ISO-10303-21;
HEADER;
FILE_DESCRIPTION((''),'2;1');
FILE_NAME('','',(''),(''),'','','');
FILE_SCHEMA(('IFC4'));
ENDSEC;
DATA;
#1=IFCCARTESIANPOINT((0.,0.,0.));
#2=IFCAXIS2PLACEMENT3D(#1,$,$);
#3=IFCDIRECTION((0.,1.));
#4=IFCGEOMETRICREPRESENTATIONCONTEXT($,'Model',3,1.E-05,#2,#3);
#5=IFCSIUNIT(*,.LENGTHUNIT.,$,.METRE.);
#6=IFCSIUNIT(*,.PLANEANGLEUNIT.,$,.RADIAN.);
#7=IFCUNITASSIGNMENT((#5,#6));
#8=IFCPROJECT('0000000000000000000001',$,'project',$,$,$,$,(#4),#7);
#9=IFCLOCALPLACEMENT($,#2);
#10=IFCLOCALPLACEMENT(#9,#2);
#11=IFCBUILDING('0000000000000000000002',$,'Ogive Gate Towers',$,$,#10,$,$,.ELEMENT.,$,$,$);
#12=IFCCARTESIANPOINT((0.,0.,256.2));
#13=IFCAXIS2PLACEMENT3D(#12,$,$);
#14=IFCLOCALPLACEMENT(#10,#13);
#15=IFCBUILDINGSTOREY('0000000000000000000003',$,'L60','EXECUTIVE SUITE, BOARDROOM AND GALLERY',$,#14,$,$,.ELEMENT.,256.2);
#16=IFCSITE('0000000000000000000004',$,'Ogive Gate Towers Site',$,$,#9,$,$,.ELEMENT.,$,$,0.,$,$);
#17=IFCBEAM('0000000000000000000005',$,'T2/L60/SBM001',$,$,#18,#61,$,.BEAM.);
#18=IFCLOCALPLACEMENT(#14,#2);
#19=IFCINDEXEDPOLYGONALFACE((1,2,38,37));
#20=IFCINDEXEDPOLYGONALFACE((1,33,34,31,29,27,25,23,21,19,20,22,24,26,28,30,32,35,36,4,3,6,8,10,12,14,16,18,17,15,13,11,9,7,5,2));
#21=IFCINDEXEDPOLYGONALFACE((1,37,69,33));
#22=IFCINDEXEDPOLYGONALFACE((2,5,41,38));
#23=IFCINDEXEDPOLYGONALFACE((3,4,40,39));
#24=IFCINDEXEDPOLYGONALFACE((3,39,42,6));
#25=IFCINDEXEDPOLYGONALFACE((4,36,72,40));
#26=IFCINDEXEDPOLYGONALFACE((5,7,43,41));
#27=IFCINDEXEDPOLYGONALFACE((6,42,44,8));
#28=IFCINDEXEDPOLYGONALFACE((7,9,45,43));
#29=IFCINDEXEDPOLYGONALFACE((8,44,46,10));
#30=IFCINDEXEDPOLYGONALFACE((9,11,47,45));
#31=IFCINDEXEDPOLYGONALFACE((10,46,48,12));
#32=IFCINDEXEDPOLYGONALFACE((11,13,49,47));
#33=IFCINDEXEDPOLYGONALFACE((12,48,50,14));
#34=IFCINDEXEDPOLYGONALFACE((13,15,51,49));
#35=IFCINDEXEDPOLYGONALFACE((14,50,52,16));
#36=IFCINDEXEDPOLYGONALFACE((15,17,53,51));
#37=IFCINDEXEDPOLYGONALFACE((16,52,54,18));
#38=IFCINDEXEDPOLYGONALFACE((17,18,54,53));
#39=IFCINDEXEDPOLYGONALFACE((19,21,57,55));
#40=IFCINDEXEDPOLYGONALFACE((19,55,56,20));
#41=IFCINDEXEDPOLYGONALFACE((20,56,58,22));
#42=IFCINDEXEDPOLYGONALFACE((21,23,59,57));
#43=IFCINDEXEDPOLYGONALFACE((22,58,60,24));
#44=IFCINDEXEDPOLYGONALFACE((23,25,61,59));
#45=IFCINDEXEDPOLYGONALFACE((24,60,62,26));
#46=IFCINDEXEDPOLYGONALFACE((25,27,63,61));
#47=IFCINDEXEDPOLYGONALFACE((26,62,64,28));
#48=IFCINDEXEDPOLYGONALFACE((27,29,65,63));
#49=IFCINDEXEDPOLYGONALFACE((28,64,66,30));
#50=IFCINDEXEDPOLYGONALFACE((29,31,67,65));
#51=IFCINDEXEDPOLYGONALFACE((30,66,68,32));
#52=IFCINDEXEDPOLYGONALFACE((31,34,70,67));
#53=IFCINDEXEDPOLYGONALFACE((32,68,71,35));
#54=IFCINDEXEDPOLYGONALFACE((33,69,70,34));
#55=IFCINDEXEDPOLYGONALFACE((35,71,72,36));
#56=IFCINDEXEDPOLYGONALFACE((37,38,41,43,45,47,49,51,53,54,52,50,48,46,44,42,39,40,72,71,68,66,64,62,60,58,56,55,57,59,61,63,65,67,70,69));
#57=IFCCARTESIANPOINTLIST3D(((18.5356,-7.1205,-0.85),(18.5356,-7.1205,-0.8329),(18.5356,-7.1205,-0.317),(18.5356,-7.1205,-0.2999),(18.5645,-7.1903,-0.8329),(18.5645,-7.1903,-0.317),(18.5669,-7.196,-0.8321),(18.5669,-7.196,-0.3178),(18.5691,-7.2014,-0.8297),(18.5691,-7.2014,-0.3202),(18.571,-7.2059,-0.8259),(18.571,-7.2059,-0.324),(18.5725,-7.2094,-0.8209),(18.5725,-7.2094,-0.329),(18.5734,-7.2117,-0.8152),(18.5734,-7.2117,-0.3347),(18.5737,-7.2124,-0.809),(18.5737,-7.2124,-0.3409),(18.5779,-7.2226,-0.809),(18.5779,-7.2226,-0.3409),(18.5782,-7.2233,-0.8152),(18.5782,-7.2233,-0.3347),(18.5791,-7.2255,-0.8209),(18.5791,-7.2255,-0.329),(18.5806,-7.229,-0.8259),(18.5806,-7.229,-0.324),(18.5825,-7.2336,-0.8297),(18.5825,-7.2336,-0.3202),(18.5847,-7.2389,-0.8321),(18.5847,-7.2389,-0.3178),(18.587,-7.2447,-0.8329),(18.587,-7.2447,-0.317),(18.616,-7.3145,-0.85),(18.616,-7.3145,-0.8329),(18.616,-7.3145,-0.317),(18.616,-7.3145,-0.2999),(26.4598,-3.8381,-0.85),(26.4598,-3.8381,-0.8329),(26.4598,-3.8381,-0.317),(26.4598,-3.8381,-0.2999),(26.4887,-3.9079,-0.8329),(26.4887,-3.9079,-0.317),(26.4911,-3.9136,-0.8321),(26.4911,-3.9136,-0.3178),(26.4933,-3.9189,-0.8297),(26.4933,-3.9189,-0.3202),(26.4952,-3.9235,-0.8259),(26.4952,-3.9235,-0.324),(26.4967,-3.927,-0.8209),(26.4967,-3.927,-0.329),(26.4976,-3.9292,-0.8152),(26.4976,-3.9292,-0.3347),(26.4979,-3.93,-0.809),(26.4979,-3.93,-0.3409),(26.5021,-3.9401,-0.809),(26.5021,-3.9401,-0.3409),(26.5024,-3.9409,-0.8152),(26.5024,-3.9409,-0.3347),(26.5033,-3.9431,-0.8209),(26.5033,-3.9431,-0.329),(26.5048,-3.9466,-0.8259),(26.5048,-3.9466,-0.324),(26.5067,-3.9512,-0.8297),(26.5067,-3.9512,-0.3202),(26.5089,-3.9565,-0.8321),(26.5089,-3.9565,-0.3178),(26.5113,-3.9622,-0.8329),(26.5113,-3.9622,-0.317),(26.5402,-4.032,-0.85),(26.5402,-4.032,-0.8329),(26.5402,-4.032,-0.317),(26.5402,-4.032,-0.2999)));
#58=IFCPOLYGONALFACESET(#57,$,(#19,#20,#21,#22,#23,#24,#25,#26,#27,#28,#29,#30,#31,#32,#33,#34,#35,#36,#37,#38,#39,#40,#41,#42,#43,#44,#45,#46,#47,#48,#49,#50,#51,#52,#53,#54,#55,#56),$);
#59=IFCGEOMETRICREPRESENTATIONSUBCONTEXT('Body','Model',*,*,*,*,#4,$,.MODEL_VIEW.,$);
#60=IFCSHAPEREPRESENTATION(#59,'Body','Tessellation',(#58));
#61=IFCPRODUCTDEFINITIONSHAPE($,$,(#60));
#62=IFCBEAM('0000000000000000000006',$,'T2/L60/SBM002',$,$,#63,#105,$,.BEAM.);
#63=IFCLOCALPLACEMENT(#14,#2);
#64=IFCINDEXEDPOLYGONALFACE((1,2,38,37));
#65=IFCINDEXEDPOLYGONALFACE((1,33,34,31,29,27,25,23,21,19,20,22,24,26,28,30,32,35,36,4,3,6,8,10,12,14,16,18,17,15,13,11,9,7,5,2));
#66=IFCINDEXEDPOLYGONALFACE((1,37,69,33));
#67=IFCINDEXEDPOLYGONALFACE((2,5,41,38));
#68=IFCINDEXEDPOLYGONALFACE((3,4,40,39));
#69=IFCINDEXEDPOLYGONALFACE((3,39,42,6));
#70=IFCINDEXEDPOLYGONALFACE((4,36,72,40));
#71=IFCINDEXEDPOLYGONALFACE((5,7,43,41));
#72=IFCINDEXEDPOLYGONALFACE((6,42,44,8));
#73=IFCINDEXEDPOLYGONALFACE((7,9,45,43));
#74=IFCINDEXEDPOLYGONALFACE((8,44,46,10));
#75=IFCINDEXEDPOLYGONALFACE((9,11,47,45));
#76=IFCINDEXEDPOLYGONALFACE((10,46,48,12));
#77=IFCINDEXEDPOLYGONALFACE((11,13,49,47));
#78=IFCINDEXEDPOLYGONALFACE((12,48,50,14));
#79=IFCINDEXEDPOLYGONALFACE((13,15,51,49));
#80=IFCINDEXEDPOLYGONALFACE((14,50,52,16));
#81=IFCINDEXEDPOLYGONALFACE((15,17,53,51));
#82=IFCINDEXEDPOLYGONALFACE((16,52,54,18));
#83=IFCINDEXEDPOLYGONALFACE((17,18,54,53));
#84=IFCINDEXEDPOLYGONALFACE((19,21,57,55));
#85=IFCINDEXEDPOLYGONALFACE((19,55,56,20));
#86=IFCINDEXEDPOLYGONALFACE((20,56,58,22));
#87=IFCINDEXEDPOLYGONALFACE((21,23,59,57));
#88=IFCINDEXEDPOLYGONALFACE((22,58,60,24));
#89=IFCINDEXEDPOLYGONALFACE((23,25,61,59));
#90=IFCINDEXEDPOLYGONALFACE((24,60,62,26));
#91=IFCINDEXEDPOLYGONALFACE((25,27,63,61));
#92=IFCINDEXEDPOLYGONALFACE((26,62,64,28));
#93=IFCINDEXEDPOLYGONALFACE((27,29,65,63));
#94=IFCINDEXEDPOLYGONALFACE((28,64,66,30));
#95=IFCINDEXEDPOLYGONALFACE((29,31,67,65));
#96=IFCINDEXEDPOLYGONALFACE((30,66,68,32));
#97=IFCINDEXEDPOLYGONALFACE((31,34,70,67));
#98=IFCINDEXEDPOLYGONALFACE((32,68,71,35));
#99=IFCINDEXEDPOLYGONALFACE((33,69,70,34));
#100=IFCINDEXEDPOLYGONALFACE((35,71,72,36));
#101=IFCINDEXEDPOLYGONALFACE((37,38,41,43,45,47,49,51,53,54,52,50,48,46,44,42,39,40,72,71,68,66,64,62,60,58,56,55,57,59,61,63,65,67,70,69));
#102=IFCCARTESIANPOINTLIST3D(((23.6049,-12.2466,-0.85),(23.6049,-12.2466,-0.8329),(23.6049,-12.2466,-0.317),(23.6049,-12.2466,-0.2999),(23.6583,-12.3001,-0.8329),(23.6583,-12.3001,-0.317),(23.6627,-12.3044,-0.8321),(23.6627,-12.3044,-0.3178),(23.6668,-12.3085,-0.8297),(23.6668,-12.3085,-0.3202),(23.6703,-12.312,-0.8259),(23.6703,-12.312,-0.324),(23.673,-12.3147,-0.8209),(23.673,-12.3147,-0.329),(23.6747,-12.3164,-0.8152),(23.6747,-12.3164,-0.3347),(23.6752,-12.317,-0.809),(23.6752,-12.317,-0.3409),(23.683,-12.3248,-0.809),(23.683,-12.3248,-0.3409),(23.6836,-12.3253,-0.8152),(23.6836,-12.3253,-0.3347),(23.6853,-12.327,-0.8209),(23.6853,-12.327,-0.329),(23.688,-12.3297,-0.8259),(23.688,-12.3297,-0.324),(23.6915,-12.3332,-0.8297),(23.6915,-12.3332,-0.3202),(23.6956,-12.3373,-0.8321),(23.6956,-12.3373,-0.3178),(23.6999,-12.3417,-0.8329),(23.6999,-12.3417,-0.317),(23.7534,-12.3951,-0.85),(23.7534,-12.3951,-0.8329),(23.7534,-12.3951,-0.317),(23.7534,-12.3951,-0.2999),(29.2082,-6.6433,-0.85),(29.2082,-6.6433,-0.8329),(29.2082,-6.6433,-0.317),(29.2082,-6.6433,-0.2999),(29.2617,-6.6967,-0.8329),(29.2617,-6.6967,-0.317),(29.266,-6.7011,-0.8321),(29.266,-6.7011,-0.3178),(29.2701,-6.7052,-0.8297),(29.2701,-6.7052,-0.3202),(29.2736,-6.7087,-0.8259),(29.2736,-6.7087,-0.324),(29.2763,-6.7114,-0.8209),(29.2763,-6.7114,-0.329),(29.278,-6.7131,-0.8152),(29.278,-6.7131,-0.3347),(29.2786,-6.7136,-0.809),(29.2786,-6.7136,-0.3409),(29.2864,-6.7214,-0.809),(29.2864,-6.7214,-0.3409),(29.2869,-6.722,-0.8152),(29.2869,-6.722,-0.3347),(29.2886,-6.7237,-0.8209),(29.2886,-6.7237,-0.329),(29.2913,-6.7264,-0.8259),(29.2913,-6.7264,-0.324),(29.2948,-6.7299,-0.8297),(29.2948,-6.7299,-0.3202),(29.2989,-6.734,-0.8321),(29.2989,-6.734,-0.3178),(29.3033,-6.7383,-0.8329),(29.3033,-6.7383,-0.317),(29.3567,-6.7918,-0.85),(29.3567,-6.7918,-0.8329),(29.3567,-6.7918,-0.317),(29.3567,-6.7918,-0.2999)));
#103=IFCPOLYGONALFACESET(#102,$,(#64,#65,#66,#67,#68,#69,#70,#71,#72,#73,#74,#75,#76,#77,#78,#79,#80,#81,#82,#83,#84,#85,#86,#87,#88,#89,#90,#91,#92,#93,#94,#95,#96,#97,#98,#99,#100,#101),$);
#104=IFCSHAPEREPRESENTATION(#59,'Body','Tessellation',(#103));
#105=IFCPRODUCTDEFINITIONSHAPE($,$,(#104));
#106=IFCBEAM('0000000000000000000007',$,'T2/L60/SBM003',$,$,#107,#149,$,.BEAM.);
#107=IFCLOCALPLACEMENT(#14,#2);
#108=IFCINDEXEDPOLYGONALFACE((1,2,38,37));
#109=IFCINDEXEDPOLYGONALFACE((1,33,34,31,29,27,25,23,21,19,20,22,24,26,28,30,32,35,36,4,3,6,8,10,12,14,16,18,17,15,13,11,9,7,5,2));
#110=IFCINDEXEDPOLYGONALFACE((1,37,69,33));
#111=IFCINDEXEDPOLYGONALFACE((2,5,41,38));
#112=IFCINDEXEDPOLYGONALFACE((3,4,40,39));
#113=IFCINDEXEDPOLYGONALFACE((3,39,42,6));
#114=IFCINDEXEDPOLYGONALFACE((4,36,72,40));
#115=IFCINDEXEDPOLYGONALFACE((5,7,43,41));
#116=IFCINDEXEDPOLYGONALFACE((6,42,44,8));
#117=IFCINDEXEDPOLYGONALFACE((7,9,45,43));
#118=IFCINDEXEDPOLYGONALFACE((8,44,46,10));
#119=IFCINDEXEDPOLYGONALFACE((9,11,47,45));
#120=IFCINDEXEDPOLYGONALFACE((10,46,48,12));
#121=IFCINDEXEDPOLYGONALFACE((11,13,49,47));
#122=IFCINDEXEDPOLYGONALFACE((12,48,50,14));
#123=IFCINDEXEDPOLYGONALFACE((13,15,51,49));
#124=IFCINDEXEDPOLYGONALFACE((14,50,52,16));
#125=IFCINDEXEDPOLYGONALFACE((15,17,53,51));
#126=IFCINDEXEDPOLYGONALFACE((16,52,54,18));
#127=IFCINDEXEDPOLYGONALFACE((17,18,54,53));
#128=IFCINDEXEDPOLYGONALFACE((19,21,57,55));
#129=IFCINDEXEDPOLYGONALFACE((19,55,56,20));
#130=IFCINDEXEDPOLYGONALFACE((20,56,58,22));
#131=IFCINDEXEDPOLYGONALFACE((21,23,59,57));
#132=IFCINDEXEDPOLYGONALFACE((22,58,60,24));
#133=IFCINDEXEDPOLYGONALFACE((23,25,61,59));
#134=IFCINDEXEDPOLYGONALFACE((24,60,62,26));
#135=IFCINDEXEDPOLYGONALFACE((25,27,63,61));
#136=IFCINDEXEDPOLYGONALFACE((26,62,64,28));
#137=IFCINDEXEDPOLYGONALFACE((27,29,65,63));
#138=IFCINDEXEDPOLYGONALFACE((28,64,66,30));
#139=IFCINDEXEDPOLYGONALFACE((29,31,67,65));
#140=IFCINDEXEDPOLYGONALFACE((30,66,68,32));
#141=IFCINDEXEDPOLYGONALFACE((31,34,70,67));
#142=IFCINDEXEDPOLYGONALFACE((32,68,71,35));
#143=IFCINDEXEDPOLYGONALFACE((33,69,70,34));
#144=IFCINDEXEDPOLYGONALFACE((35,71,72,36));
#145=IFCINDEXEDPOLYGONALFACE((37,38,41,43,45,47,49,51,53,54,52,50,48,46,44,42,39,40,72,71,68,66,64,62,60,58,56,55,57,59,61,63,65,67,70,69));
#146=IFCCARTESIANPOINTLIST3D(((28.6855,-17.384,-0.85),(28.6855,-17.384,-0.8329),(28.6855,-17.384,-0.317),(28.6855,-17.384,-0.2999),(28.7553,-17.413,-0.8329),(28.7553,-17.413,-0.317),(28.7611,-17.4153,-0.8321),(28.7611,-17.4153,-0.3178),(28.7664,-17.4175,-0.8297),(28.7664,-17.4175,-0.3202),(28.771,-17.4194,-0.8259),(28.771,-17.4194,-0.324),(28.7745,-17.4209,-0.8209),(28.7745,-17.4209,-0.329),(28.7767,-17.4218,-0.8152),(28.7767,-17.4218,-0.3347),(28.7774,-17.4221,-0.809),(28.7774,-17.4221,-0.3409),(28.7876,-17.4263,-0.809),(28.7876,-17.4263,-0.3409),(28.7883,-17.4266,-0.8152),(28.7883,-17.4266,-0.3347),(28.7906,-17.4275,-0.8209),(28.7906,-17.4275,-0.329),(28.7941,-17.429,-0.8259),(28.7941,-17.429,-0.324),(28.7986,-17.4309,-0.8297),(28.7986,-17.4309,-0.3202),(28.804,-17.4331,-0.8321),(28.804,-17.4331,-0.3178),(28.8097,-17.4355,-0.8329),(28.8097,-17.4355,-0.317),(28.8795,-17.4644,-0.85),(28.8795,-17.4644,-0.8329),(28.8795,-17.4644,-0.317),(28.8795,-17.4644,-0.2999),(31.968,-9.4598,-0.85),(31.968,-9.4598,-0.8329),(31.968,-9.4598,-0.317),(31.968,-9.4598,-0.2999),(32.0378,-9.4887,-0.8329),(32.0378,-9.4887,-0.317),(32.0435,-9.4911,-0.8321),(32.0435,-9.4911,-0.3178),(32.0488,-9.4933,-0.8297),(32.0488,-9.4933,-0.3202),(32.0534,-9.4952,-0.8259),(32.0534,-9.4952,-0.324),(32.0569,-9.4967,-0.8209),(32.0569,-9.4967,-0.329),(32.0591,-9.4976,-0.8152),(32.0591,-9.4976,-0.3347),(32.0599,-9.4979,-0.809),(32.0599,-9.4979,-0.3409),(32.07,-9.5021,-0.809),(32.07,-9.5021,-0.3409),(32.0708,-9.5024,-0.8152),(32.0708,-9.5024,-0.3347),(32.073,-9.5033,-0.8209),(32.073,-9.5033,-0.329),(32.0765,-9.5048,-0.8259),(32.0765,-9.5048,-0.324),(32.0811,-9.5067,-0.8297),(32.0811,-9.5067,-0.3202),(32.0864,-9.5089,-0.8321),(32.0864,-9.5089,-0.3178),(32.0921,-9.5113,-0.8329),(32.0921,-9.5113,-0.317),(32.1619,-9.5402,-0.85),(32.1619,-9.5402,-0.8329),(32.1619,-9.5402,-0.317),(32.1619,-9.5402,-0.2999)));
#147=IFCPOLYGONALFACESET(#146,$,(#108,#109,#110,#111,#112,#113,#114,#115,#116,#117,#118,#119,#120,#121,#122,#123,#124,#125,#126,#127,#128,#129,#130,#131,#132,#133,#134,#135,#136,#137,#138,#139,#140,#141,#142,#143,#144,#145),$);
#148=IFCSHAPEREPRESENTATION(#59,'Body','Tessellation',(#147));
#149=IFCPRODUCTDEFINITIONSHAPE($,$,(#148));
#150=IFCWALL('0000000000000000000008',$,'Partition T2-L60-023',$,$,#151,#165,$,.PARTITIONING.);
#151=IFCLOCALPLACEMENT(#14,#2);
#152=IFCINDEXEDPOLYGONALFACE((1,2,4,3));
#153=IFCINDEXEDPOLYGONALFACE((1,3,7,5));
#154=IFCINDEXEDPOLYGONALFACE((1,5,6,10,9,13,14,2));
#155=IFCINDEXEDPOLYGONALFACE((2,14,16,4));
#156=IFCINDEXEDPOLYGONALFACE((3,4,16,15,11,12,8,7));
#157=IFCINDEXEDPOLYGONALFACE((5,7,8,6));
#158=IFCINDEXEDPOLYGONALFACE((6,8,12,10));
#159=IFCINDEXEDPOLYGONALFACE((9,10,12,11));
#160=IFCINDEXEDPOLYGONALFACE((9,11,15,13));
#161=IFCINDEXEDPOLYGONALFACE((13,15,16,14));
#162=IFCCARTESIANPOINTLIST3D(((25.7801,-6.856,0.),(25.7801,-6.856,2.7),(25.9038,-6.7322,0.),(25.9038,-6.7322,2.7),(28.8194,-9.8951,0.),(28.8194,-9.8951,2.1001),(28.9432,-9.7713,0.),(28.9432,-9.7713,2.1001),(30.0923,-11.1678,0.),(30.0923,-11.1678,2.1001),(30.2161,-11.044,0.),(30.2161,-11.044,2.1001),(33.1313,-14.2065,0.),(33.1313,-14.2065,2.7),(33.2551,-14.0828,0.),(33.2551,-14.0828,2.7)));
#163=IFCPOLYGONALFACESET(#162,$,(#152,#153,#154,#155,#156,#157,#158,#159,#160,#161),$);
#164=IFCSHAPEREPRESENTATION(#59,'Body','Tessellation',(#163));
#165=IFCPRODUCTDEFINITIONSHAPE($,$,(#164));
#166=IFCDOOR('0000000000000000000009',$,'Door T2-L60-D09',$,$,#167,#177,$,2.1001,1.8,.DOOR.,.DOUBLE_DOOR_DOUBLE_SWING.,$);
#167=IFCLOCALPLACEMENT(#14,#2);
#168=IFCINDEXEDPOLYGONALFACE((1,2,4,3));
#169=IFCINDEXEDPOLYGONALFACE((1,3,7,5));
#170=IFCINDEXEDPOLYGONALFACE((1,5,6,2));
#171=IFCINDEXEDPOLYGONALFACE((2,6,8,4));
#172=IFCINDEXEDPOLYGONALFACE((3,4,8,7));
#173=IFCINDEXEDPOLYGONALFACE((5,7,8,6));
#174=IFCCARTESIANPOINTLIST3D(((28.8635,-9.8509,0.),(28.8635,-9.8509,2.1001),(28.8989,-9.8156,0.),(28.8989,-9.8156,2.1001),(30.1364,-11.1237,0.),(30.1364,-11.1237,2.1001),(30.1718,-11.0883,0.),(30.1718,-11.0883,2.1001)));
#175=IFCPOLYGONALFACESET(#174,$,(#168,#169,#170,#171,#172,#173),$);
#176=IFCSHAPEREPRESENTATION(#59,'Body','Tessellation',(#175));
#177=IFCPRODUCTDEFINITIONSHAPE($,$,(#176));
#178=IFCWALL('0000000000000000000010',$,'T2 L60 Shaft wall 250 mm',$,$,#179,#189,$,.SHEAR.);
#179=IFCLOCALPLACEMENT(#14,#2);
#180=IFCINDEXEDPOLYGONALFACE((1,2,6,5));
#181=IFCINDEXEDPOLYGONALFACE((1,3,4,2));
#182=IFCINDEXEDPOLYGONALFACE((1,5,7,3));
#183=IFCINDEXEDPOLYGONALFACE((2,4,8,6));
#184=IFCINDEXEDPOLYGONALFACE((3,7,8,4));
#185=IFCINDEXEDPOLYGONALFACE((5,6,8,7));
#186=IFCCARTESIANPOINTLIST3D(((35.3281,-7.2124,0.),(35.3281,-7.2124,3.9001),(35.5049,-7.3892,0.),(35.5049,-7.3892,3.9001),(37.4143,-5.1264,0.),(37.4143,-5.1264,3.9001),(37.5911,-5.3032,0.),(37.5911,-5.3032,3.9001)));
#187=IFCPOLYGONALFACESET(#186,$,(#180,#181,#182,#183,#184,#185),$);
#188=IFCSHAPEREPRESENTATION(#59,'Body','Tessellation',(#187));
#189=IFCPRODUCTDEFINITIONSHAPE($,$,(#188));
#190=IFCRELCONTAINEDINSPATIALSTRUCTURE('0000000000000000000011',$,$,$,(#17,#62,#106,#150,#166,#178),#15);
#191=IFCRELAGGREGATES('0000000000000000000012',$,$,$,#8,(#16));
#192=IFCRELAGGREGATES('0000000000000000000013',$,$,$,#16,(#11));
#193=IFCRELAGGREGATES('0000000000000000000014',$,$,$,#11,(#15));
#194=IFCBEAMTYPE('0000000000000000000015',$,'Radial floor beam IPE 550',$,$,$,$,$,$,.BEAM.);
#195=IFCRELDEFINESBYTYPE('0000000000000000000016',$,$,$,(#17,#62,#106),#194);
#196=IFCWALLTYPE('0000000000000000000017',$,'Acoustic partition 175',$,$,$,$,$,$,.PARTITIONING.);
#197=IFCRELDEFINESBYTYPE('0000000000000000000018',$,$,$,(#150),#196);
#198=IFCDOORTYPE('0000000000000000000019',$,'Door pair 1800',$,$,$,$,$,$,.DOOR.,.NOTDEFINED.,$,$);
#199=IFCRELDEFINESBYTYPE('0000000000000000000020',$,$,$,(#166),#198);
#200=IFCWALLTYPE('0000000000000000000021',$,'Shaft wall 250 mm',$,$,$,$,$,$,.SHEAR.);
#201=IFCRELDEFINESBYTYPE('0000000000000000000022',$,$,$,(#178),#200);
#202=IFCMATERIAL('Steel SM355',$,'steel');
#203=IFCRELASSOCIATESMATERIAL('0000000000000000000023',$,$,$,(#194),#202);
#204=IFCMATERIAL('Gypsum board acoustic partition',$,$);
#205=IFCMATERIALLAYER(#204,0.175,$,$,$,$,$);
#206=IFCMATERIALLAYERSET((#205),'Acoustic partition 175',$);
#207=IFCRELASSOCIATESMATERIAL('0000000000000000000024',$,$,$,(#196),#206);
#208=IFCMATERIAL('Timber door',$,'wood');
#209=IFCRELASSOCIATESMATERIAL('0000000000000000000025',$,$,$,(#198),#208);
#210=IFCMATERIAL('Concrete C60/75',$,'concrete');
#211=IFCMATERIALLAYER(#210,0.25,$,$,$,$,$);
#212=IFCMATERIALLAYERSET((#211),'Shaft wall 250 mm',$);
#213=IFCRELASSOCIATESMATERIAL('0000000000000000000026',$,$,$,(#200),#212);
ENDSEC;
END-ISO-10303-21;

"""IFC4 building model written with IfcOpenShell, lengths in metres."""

from ifc_helpers import new_model, si_unit, direction, frame, frame_2d, origin, origin_2d, place, context, subcontext, project, spatial, rectangle, i_section, extrude, material, layer, layer_set, material_profile, profile_set, type_object, element, fill, save


model = new_model("IFC4")

# Units and contexts
model_context = context("Model", 3, precision=1e-05, world=origin(), true_north=direction((0.0, 1.0)))
body_context = subcontext(model_context, "Body", "Model", "MODEL_VIEW")
ifc_project = project(units=[si_unit("LENGTHUNIT", "METRE"), si_unit("PLANEANGLEUNIT", "RADIAN")], contexts=[model_context])

# Site, building, storey
site_placement = place(None, origin())
site = spatial("IfcSite", under=ifc_project, at=site_placement, Name="Ogive Gate Towers Site", CompositionType="ELEMENT", RefElevation=0.0)
building_placement = place(site_placement, origin())
building = spatial("IfcBuilding", under=site, at=building_placement, Name="Ogive Gate Towers", CompositionType="ELEMENT")
storey_placement = place(building_placement, frame((0.0, 0.0, 256.2)))
storey = spatial("IfcBuildingStorey", under=building, at=storey_placement, Name="L60", Description="EXECUTIVE SUITE, BOARDROOM AND GALLERY", CompositionType="ELEMENT", Elevation=256.2)

# Beams
ifc_material_1 = material(Name="Steel SM355", Category="steel")
ifc_material_profile = material_profile(ifc_material_1, i_section(OverallWidth=0.21, OverallDepth=0.55, WebThickness=0.011, FlangeThickness=0.0171, FilletRadius=0.0239, at=origin_2d()), Name="IPE 550")
ifc_profile_set = profile_set([ifc_material_profile], Name="Steel SM355")
beam_type = type_object("IfcBeamType", Name="Radial floor beam IPE 550", PredefinedType="BEAM", material=ifc_profile_set)
beam_1_placement = place(storey_placement, frame((26.5, -3.9351, -0.575), z_axis=(-0.923875, -0.382695, 0.0), x_axis=(0.382695, -0.923875, 0.0)))
element("IfcBeam", 1, at=beam_1_placement, inside=storey, type_object=beam_type, Name="T2/L60/SBM001", PredefinedType="BEAM", context=body_context, shape_type="SweptSolid", body=[
    extrude(i_section(OverallWidth=0.21, OverallDepth=0.55, WebThickness=0.011, FlangeThickness=0.0171, FilletRadius=0.0239, at=origin_2d()), origin(), (0.0, 0.0, 1.0), 8.5771),
])
beam_2_placement = place(storey_placement, frame((29.2825, -6.7175, -0.575), z_axis=(-0.707107, -0.707107, 0.0), x_axis=(0.707107, -0.707107, 0.0)))
element("IfcBeam", 2, at=beam_2_placement, inside=storey, type_object=beam_type, Name="T2/L60/SBM002", PredefinedType="BEAM", context=body_context, shape_type="SweptSolid", body=[
    extrude(i_section(OverallWidth=0.21, OverallDepth=0.55, WebThickness=0.011, FlangeThickness=0.0171, FilletRadius=0.0239, at=origin_2d()), origin(), (0.0, 0.0, 1.0), 7.9243),
])
beam_3_placement = place(storey_placement, frame((32.0649, -9.5, -0.575), z_axis=(-0.382695, -0.923875, 0.0), x_axis=(0.923875, -0.382695, 0.0)))
element("IfcBeam", 3, at=beam_3_placement, inside=storey, type_object=beam_type, Name="T2/L60/SBM003", PredefinedType="BEAM", context=body_context, shape_type="SweptSolid", body=[
    extrude(i_section(OverallWidth=0.21, OverallDepth=0.55, WebThickness=0.011, FlangeThickness=0.0171, FilletRadius=0.0239, at=origin_2d()), origin(), (0.0, 0.0, 1.0), 8.5771),
])

# Wall, opening, door
ifc_material_2 = material(Name="Gypsum board acoustic partition")
ifc_layer_1 = layer(ifc_material_2, 0.175)
ifc_layer_set_1 = layer_set([ifc_layer_1], Name="Acoustic partition 175")
wall_type_1 = type_object("IfcWallType", Name="Acoustic partition 175", PredefinedType="PARTITIONING", material=ifc_layer_set_1)
wall_1_placement = place(storey_placement, frame((25.842, -6.7942, 0.0), z_axis=(0.0, 0.0, 1.0), x_axis=(0.707142, -0.707072, 0.0)))
wall_1 = element("IfcWall", 4, at=wall_1_placement, inside=storey, type_object=wall_type_1, Name="Partition T2-L60-023", PredefinedType="PARTITIONING", context=body_context, shape_type="SweptSolid", body=[
    extrude(rectangle(XDim=10.3958, YDim=0.175, at=frame_2d((5.1978, 0.0))), origin(), (0.0, 0.0, 1.0), 2.7),
])
opening_1_placement = place(wall_1_placement, frame((4.2981, 0.0, 0.0)))
opening_1 = element("IfcOpeningElement", 5, at=opening_1_placement, cuts=wall_1, PredefinedType="OPENING", context=body_context, shape_type="SweptSolid", body=[
    extrude(rectangle(XDim=1.8, YDim=2.1001, at=frame_2d((0.8999, 1.05))), frame((0.0, 0.0977, 0.0), z_axis=(0.0, -1.0, 0.0), x_axis=(1.0, 0.0, 0.0)), (0.0, 0.0, 1.0), 0.1951),
])
ifc_material_3 = material(Name="Timber door", Category="wood")
door_type_1 = type_object("IfcDoorType", Name="Door pair 1800", OperationType="NOTDEFINED", PredefinedType="DOOR", material=ifc_material_3)
door_1_placement = place(opening_1_placement, origin())
door_1 = element("IfcDoor", 6, at=door_1_placement, inside=storey, type_object=door_type_1, Name="Door T2-L60-D09", OperationType="DOUBLE_DOOR_DOUBLE_SWING", OverallHeight=2.1001, OverallWidth=1.8, PredefinedType="DOOR", context=body_context, shape_type="SweptSolid", body=[
    extrude(rectangle(XDim=1.8, YDim=2.1001, at=frame_2d((0.8999, 1.05))), frame((0.0, 0.0249, 0.0), z_axis=(0.0, -1.0, 0.0), x_axis=(1.0, 0.0, 0.0)), (0.0, 0.0, 1.0), 0.05),
])
fill(opening_1, door_1)

# Wall
ifc_material_4 = material(Name="Concrete C60/75", Category="concrete")
ifc_layer_2 = layer(ifc_material_4, 0.25)
ifc_layer_set_2 = layer_set([ifc_layer_2], Name="Shaft wall 250 mm")
wall_type_2 = type_object("IfcWallType", Name="Shaft wall 250 mm", PredefinedType="SHEAR", material=ifc_layer_set_2)
wall_2_placement = place(storey_placement, frame((35.4165, -7.3008, 0.0), z_axis=(0.0, 0.0, 1.0), x_axis=(0.707148, 0.707065, 0.0)))
element("IfcWall", 7, at=wall_2_placement, inside=storey, type_object=wall_type_2, Name="T2 L60 Shaft wall 250 mm", PredefinedType="SHEAR", context=body_context, shape_type="SweptSolid", body=[
    extrude(rectangle(XDim=2.9502, YDim=0.25, at=frame_2d((1.4751, 0.0))), origin(), (0.0, 0.0, 1.0), 3.9001),
])

save(model, "model.ifc")
